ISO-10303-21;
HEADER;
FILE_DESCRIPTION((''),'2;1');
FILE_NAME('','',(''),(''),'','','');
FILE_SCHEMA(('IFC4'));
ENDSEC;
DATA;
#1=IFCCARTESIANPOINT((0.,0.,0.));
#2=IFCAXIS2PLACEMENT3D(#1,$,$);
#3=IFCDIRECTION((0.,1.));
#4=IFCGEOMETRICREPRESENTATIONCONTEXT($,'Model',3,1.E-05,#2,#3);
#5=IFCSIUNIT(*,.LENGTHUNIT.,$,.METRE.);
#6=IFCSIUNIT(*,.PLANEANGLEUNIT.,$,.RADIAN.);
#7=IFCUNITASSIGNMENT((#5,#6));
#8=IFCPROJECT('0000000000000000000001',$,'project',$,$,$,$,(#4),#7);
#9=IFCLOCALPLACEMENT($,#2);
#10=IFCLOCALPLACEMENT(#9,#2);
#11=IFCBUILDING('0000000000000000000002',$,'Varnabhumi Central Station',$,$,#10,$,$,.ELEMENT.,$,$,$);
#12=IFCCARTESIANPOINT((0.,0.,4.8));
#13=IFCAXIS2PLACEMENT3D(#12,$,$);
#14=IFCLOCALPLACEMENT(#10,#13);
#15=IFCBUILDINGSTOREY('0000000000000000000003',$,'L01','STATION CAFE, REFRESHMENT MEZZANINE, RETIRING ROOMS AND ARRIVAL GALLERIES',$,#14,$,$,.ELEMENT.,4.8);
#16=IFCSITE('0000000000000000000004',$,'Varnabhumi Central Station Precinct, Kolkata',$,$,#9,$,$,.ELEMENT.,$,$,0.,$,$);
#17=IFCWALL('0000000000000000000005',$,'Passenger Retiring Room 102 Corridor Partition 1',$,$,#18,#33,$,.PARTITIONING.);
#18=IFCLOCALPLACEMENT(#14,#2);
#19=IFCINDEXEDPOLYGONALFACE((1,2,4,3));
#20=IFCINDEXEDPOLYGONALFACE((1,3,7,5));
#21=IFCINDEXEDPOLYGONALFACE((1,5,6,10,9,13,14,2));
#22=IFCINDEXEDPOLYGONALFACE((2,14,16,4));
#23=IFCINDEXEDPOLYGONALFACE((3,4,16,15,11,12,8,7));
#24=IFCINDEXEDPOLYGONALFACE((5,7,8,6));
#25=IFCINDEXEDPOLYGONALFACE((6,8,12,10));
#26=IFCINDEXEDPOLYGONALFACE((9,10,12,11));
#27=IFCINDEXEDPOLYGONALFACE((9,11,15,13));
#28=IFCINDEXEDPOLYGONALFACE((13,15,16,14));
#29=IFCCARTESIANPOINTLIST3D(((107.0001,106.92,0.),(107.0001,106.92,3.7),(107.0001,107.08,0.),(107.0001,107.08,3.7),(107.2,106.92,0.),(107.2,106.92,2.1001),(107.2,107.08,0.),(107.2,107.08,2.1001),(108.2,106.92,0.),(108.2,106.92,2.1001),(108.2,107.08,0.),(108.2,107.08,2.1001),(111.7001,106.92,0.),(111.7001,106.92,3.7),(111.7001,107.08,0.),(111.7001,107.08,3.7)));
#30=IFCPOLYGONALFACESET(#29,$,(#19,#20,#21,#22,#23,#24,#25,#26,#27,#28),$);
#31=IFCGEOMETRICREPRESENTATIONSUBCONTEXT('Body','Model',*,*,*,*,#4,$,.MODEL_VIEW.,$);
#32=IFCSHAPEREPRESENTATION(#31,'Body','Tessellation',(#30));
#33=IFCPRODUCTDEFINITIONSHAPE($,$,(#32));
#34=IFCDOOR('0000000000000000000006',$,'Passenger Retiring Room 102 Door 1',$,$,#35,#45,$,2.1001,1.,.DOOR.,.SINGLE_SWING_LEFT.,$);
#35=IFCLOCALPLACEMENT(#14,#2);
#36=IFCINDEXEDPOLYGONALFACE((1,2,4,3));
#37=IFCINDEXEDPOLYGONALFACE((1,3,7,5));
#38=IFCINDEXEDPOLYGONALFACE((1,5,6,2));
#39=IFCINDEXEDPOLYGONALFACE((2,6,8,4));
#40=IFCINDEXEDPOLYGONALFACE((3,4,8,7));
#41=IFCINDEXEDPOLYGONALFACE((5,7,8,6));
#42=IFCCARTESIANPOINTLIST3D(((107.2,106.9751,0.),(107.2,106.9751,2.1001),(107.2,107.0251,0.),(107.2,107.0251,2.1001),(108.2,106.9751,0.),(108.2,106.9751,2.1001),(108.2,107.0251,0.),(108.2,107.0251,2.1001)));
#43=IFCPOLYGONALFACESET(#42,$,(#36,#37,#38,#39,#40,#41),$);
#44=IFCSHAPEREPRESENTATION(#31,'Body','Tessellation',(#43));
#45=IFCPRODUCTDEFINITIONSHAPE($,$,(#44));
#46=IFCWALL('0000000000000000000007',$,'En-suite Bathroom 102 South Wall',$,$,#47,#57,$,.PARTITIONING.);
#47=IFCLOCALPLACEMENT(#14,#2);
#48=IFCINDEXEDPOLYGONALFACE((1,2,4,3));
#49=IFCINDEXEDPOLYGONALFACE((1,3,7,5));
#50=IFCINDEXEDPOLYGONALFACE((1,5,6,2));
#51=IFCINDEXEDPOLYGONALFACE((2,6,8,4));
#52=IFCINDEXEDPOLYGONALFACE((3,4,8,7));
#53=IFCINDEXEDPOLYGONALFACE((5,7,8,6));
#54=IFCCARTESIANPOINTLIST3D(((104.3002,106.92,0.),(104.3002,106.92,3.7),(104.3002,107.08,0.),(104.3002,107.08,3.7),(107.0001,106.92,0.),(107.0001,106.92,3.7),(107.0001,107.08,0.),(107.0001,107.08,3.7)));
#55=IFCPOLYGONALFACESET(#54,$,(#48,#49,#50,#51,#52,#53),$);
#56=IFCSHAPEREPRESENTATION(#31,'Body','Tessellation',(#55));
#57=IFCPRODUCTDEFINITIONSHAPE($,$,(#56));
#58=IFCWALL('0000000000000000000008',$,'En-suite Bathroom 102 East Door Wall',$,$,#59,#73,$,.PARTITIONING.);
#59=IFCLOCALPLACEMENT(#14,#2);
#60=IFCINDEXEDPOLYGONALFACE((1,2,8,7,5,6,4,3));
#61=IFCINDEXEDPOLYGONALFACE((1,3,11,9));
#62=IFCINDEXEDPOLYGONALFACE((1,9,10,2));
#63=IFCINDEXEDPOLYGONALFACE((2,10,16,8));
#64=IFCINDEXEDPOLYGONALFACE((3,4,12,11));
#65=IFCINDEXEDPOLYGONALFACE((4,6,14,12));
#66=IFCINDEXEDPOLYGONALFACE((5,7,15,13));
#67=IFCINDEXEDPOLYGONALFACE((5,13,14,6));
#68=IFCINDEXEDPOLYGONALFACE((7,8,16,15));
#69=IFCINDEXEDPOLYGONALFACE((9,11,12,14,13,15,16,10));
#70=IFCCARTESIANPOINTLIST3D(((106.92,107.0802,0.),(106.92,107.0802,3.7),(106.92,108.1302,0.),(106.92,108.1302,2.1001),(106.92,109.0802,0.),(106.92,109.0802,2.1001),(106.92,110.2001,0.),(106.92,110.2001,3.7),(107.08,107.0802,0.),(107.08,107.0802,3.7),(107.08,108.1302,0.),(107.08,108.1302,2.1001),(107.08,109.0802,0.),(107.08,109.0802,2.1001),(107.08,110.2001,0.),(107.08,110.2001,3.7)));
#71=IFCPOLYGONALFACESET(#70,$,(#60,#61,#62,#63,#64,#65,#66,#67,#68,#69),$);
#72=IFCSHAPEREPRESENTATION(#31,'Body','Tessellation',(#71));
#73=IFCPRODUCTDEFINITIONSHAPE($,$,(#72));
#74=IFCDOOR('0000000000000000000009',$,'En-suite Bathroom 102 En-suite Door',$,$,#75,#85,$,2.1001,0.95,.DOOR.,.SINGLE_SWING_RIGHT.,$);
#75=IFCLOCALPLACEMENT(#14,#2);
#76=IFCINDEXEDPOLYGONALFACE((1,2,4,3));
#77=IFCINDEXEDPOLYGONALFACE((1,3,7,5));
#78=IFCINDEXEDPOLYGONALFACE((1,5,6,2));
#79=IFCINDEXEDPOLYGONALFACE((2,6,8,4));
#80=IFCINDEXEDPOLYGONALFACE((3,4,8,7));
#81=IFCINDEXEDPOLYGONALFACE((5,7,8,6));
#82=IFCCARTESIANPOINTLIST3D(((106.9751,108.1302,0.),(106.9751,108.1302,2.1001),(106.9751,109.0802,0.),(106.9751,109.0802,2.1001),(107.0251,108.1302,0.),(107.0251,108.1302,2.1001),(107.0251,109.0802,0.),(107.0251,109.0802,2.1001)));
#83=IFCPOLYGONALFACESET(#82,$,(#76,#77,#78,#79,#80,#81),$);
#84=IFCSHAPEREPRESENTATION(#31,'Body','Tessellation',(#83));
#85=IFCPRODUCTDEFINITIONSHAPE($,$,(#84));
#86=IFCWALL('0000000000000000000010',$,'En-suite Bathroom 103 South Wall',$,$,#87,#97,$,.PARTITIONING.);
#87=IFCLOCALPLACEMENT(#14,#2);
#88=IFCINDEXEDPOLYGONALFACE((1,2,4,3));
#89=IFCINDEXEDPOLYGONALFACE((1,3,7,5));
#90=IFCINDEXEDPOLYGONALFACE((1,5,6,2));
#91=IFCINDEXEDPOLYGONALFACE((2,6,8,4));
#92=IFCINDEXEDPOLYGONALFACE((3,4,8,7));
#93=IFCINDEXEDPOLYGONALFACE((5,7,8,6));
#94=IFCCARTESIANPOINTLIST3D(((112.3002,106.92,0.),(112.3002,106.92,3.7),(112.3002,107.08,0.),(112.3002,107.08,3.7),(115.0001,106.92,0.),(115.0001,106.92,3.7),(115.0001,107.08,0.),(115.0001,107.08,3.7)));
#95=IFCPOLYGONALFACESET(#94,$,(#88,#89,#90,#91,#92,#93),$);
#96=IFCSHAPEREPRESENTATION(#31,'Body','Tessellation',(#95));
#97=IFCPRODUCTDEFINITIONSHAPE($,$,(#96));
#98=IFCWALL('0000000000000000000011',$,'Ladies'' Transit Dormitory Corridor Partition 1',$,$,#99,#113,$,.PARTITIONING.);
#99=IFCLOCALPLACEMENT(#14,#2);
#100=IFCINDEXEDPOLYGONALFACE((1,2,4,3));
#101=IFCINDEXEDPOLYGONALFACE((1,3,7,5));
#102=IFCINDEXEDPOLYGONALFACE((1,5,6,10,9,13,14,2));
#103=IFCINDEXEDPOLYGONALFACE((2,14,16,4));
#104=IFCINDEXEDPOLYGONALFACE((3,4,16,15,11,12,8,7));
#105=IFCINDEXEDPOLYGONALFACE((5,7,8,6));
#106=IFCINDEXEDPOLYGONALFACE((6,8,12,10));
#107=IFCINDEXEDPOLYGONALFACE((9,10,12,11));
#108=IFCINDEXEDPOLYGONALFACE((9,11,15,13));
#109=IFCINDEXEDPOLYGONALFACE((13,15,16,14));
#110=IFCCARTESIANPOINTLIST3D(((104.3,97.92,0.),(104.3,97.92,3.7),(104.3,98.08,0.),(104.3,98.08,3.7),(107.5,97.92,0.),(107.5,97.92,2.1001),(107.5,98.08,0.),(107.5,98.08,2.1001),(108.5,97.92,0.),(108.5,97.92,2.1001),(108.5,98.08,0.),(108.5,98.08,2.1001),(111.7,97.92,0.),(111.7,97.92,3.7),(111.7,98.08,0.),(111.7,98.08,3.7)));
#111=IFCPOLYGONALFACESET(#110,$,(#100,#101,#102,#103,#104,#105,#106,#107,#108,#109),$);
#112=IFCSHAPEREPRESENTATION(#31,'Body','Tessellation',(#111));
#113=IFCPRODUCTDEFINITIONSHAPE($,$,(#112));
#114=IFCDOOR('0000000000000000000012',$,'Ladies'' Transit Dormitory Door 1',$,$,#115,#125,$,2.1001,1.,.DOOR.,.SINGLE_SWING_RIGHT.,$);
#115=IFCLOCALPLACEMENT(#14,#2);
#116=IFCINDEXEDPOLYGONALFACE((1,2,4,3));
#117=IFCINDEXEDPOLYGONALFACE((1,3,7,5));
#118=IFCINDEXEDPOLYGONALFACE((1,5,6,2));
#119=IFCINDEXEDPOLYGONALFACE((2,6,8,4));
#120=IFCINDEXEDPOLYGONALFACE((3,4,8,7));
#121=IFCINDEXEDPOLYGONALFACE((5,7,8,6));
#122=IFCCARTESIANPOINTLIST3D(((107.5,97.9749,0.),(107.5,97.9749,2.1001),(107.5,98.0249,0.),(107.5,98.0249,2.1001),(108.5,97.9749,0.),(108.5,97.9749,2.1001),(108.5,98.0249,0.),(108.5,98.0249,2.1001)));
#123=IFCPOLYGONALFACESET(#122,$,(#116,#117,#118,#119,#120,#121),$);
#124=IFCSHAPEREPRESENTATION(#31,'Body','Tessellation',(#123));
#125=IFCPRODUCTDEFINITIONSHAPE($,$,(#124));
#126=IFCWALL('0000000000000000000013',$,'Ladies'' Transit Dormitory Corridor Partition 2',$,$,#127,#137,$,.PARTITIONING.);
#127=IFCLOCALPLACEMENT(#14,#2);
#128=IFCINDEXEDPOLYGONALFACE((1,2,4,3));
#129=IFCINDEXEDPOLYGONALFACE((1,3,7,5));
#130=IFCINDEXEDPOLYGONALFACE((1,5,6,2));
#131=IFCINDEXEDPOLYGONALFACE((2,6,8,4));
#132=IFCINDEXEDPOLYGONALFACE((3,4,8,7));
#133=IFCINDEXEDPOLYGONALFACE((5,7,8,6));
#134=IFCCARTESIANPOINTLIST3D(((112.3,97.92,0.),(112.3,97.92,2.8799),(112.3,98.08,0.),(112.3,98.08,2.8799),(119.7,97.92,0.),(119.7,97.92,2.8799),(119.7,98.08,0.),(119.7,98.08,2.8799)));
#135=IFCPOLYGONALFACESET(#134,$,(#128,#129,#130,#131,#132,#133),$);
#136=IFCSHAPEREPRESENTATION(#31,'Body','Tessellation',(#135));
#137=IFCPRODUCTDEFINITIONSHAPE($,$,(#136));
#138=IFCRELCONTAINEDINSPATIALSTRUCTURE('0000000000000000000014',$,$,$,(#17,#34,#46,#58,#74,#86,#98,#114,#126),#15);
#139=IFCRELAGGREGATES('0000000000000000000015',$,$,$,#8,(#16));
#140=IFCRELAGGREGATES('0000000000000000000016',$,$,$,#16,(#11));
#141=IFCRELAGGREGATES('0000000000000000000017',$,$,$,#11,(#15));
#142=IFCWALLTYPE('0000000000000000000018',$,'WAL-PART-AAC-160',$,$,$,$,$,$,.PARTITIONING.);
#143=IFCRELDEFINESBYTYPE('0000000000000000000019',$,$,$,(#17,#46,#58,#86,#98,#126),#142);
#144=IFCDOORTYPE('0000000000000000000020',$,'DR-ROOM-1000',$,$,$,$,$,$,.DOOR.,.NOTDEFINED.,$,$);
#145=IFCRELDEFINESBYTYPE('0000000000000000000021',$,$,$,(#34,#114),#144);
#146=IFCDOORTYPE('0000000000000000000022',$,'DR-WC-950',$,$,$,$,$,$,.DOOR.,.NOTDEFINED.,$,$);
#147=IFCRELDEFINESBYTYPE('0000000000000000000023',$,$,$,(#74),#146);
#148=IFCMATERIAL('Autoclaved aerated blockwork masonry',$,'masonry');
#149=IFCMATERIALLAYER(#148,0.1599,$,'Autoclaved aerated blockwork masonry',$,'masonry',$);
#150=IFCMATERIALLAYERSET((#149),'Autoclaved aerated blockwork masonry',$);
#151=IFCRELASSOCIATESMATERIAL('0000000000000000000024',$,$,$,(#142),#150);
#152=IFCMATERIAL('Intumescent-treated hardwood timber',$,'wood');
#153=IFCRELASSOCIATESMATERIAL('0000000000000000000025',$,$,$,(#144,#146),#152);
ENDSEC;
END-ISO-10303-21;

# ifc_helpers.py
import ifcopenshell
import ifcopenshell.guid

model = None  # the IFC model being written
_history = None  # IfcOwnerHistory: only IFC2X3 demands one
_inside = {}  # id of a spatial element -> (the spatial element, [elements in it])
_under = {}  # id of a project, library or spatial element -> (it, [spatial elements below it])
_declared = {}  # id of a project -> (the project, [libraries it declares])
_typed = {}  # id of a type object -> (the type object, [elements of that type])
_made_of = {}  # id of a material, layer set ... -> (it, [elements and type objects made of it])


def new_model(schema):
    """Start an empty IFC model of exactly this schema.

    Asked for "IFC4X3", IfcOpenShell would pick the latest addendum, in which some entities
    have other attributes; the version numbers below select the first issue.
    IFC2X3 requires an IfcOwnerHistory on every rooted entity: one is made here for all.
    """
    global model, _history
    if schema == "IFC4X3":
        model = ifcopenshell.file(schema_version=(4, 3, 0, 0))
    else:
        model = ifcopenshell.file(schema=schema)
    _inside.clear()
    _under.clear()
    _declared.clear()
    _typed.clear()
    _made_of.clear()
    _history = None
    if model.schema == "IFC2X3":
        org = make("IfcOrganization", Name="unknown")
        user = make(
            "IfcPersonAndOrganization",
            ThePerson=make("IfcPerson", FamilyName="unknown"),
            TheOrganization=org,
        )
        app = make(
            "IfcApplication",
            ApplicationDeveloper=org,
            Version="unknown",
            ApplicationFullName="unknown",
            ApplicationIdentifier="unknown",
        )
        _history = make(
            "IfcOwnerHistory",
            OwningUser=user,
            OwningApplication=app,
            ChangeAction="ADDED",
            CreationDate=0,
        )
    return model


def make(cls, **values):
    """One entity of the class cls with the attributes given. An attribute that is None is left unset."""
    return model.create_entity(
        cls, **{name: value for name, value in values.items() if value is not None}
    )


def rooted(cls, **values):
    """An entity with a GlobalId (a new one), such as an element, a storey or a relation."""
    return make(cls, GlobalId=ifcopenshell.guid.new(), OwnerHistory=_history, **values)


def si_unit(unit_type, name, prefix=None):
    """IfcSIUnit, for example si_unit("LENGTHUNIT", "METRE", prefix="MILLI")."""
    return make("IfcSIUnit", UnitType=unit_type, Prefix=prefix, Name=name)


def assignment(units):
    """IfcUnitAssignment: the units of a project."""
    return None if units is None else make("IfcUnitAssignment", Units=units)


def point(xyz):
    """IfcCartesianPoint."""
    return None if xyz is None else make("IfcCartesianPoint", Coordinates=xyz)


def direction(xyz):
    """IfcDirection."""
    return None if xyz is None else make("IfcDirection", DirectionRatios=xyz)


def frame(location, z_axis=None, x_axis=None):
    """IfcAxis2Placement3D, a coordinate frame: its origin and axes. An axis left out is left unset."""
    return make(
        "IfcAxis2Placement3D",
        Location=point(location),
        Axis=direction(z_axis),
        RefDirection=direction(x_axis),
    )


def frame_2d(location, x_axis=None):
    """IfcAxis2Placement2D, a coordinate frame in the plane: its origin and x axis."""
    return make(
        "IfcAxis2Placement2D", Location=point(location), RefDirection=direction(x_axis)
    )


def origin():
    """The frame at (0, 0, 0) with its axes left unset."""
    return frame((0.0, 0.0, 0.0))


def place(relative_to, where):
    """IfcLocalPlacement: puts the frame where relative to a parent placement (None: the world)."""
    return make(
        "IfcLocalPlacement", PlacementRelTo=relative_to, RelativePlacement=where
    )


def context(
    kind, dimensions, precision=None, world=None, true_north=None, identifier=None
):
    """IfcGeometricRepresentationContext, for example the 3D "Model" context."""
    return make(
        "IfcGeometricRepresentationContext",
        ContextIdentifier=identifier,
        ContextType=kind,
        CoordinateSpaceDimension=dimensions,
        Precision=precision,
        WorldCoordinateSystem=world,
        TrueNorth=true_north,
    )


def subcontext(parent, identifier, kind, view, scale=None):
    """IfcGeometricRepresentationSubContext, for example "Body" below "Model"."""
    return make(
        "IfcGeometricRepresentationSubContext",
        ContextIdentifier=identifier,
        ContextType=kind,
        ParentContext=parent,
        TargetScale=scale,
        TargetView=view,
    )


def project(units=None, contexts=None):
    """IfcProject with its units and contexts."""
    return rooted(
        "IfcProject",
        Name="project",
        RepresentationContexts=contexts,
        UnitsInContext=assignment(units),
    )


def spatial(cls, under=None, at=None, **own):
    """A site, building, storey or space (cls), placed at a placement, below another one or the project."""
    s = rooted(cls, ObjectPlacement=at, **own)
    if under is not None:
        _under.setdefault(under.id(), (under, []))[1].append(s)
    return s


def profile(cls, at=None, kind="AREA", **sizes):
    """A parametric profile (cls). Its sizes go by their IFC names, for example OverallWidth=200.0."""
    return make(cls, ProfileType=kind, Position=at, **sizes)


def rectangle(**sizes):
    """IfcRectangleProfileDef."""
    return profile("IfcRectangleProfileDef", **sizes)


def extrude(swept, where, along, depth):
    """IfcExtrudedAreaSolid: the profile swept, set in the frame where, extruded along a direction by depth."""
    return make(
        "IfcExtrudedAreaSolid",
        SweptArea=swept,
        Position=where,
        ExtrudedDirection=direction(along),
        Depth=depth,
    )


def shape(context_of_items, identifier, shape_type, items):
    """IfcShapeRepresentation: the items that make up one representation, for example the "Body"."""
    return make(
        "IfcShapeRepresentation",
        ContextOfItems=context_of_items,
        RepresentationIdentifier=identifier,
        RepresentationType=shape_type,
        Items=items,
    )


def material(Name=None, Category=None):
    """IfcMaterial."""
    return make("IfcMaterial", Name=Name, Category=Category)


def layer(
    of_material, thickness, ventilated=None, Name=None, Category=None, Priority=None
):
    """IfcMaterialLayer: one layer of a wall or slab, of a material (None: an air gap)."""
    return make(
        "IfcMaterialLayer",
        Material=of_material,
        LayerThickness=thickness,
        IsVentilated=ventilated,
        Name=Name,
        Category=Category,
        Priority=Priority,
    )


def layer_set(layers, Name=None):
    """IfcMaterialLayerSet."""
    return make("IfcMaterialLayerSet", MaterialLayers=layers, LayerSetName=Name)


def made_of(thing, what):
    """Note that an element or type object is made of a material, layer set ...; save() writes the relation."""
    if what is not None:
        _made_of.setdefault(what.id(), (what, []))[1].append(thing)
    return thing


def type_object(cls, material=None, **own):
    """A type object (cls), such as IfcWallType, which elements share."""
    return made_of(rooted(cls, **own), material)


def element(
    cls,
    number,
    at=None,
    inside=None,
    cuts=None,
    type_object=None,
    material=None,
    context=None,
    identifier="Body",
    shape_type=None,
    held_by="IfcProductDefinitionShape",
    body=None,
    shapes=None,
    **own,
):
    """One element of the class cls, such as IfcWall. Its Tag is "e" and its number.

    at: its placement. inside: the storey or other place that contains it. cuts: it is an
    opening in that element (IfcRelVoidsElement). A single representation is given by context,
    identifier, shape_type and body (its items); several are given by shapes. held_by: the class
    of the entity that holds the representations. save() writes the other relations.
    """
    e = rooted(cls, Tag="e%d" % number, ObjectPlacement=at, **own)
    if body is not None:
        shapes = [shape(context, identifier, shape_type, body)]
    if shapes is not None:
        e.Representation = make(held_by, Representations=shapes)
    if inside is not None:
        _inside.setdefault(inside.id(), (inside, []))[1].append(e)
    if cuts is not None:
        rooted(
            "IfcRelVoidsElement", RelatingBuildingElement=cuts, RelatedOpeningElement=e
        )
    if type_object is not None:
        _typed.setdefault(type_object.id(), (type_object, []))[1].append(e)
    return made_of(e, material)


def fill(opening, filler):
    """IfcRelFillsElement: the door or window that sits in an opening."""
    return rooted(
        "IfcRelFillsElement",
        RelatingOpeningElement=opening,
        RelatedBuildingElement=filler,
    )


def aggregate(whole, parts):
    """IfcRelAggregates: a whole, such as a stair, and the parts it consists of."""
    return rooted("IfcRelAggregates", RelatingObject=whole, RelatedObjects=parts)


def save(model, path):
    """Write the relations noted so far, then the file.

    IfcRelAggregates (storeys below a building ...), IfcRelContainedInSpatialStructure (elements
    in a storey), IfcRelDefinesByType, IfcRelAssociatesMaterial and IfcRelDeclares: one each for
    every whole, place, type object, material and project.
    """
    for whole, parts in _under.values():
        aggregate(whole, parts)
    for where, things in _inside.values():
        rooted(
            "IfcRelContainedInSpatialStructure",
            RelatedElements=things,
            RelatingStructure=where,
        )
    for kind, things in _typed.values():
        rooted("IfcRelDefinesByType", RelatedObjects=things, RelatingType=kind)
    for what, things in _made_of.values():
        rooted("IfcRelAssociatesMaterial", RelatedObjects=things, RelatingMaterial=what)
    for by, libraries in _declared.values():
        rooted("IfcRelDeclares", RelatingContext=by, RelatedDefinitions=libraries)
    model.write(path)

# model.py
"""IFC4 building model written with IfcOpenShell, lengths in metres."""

from ifc_helpers import new_model, si_unit, direction, frame, frame_2d, origin, place, context, subcontext, project, spatial, rectangle, extrude, material, layer, layer_set, type_object, element, fill, save


model = new_model("IFC4")

# Units and contexts
model_context = context("Model", 3, precision=1e-05, world=origin(), true_north=direction((0.0, 1.0)))
body_context = subcontext(model_context, "Body", "Model", "MODEL_VIEW")
ifc_project = project(units=[si_unit("LENGTHUNIT", "METRE"), si_unit("PLANEANGLEUNIT", "RADIAN")], contexts=[model_context])

# Site, building, storey
site_placement = place(None, origin())
site = spatial("IfcSite", under=ifc_project, at=site_placement, Name="Varnabhumi Central Station Precinct, Kolkata", CompositionType="ELEMENT", RefElevation=0.0)
building_placement = place(site_placement, origin())
building = spatial("IfcBuilding", under=site, at=building_placement, Name="Varnabhumi Central Station", CompositionType="ELEMENT")
storey_placement = place(building_placement, frame((0.0, 0.0, 4.8)))
storey = spatial("IfcBuildingStorey", under=building, at=storey_placement, Name="L01", Description="STATION CAFE, REFRESHMENT MEZZANINE, RETIRING ROOMS AND ARRIVAL GALLERIES", CompositionType="ELEMENT", Elevation=4.8)

# Wall, opening, door
ifc_material_1 = material(Name="Autoclaved aerated blockwork masonry", Category="masonry")
ifc_layer = layer(ifc_material_1, 0.1599, Name="Autoclaved aerated blockwork masonry", Category="masonry")
ifc_layer_set = layer_set([ifc_layer], Name="Autoclaved aerated blockwork masonry")
wall_type = type_object("IfcWallType", Name="WAL-PART-AAC-160", PredefinedType="PARTITIONING", material=ifc_layer_set)
wall_1_placement = place(storey_placement, frame((107.0, 107.0, 0.0), z_axis=(0.0, 0.0, 1.0), x_axis=(1.0, 0.0, 0.0)))
wall_1 = element("IfcWall", 1, at=wall_1_placement, inside=storey, type_object=wall_type, Name="Passenger Retiring Room 102 Corridor Partition 1", PredefinedType="PARTITIONING", context=body_context, shape_type="SweptSolid", body=[
    extrude(rectangle(XDim=4.7, YDim=0.1599, at=frame_2d((2.3501, 0.0))), origin(), (0.0, 0.0, 1.0), 3.7),
])
opening_1_placement = place(wall_1_placement, frame((0.2, 0.0, 0.0)))
opening_1 = element("IfcOpeningElement", 2, at=opening_1_placement, cuts=wall_1, PredefinedType="OPENING", context=body_context, shape_type="SweptSolid", body=[
    extrude(rectangle(XDim=1.0, YDim=2.1001, at=frame_2d((0.5, 1.05))), frame((0.0, 0.0898, 0.0), z_axis=(0.0, -1.0, 0.0), x_axis=(1.0, 0.0, 0.0)), (0.0, 0.0, 1.0), 0.1799),
])
ifc_material_2 = material(Name="Intumescent-treated hardwood timber", Category="wood")
door_type_1 = type_object("IfcDoorType", Name="DR-ROOM-1000", OperationType="NOTDEFINED", PredefinedType="DOOR", material=ifc_material_2)
door_1_placement = place(opening_1_placement, frame((1.0, 0.0, 0.0), z_axis=(0.0, 0.0, 1.0), x_axis=(-1.0, 0.0, 0.0)))
door_1 = element("IfcDoor", 3, at=door_1_placement, inside=storey, type_object=door_type_1, Name="Passenger Retiring Room 102 Door 1", OperationType="SINGLE_SWING_LEFT", OverallHeight=2.1001, OverallWidth=1.0, PredefinedType="DOOR", context=body_context, shape_type="SweptSolid", body=[
    extrude(rectangle(XDim=1.0, YDim=2.1001, at=frame_2d((0.5, 1.05))), frame((0.0, 0.0249, 0.0), z_axis=(0.0, -1.0, 0.0), x_axis=(1.0, 0.0, 0.0)), (0.0, 0.0, 1.0), 0.05),
])
fill(opening_1, door_1)

# Wall
wall_2_placement = place(storey_placement, frame((104.3, 107.0, 0.0), z_axis=(0.0, 0.0, 1.0), x_axis=(1.0, 0.0, 0.0)))
element("IfcWall", 4, at=wall_2_placement, inside=storey, type_object=wall_type, Name="En-suite Bathroom 102 South Wall", PredefinedType="PARTITIONING", context=body_context, shape_type="SweptSolid", body=[
    extrude(rectangle(XDim=2.7, YDim=0.1599, at=frame_2d((1.3501, 0.0))), origin(), (0.0, 0.0, 1.0), 3.7),
])

# Wall, opening, door
wall_3_placement = place(storey_placement, frame((107.0, 107.0801, 0.0), z_axis=(0.0, 0.0, 1.0), x_axis=(0.0, 1.0, 0.0)))
wall_3 = element("IfcWall", 5, at=wall_3_placement, inside=storey, type_object=wall_type, Name="En-suite Bathroom 102 East Door Wall", PredefinedType="PARTITIONING", context=body_context, shape_type="SweptSolid", body=[
    extrude(rectangle(XDim=3.1199, YDim=0.1599, at=frame_2d((1.5601, 0.0))), origin(), (0.0, 0.0, 1.0), 3.7),
])
opening_2_placement = place(wall_3_placement, frame((1.05, 0.0, 0.0)))
opening_2 = element("IfcOpeningElement", 6, at=opening_2_placement, cuts=wall_3, PredefinedType="OPENING", context=body_context, shape_type="SweptSolid", body=[
    extrude(rectangle(XDim=0.95, YDim=2.1001, at=frame_2d((0.4751, 1.05))), frame((0.0, 0.0898, 0.0), z_axis=(0.0, -1.0, 0.0), x_axis=(1.0, 0.0, 0.0)), (0.0, 0.0, 1.0), 0.1799),
])
door_type_2 = type_object("IfcDoorType", Name="DR-WC-950", OperationType="NOTDEFINED", PredefinedType="DOOR", material=ifc_material_2)
door_2_placement = place(opening_2_placement, origin())
door_2 = element("IfcDoor", 7, at=door_2_placement, inside=storey, type_object=door_type_2, Name="En-suite Bathroom 102 En-suite Door", OperationType="SINGLE_SWING_RIGHT", OverallHeight=2.1001, OverallWidth=0.95, PredefinedType="DOOR", context=body_context, shape_type="SweptSolid", body=[
    extrude(rectangle(XDim=0.95, YDim=2.1001, at=frame_2d((0.4751, 1.05))), frame((0.0, 0.0249, 0.0), z_axis=(0.0, -1.0, 0.0), x_axis=(1.0, 0.0, 0.0)), (0.0, 0.0, 1.0), 0.05),
])
fill(opening_2, door_2)

# Wall
wall_4_placement = place(storey_placement, frame((112.3, 107.0, 0.0), z_axis=(0.0, 0.0, 1.0), x_axis=(1.0, 0.0, 0.0)))
element("IfcWall", 8, at=wall_4_placement, inside=storey, type_object=wall_type, Name="En-suite Bathroom 103 South Wall", PredefinedType="PARTITIONING", context=body_context, shape_type="SweptSolid", body=[
    extrude(rectangle(XDim=2.7, YDim=0.1599, at=frame_2d((1.3501, 0.0))), origin(), (0.0, 0.0, 1.0), 3.7),
])

# Wall, opening, door
wall_5_placement = place(storey_placement, frame((104.3, 98.0, 0.0), z_axis=(0.0, 0.0, 1.0), x_axis=(1.0, 0.0, 0.0)))
wall_5 = element("IfcWall", 9, at=wall_5_placement, inside=storey, type_object=wall_type, Name="Ladies' Transit Dormitory Corridor Partition 1", PredefinedType="PARTITIONING", context=body_context, shape_type="SweptSolid", body=[
    extrude(rectangle(XDim=7.3999, YDim=0.1599, at=frame_2d((3.7, 0.0))), origin(), (0.0, 0.0, 1.0), 3.7),
])
opening_3_placement = place(wall_5_placement, frame((3.2, 0.0, 0.0)))
opening_3 = element("IfcOpeningElement", 10, at=opening_3_placement, cuts=wall_5, PredefinedType="OPENING", context=body_context, shape_type="SweptSolid", body=[
    extrude(rectangle(XDim=1.0, YDim=2.1001, at=frame_2d((0.5, 1.05))), frame((0.0, 0.0898, 0.0), z_axis=(0.0, -1.0, 0.0), x_axis=(1.0, 0.0, 0.0)), (0.0, 0.0, 1.0), 0.1799),
])
door_3_placement = place(opening_3_placement, origin())
door_3 = element("IfcDoor", 11, at=door_3_placement, inside=storey, type_object=door_type_1, Name="Ladies' Transit Dormitory Door 1", OperationType="SINGLE_SWING_RIGHT", OverallHeight=2.1001, OverallWidth=1.0, PredefinedType="DOOR", context=body_context, shape_type="SweptSolid", body=[
    extrude(rectangle(XDim=1.0, YDim=2.1001, at=frame_2d((0.5, 1.05))), frame((0.0, 0.0249, 0.0), z_axis=(0.0, -1.0, 0.0), x_axis=(1.0, 0.0, 0.0)), (0.0, 0.0, 1.0), 0.05),
])
fill(opening_3, door_3)

# Wall
wall_6_placement = place(storey_placement, frame((112.3, 98.0, 0.0), z_axis=(0.0, 0.0, 1.0), x_axis=(1.0, 0.0, 0.0)))
element("IfcWall", 12, at=wall_6_placement, inside=storey, type_object=wall_type, Name="Ladies' Transit Dormitory Corridor Partition 2", PredefinedType="PARTITIONING", context=body_context, shape_type="SweptSolid", body=[
    extrude(rectangle(XDim=7.3999, YDim=0.1599, at=frame_2d((3.7, 0.0))), origin(), (0.0, 0.0, 1.0), 2.8799),
])

save(model, "model.ifc")
